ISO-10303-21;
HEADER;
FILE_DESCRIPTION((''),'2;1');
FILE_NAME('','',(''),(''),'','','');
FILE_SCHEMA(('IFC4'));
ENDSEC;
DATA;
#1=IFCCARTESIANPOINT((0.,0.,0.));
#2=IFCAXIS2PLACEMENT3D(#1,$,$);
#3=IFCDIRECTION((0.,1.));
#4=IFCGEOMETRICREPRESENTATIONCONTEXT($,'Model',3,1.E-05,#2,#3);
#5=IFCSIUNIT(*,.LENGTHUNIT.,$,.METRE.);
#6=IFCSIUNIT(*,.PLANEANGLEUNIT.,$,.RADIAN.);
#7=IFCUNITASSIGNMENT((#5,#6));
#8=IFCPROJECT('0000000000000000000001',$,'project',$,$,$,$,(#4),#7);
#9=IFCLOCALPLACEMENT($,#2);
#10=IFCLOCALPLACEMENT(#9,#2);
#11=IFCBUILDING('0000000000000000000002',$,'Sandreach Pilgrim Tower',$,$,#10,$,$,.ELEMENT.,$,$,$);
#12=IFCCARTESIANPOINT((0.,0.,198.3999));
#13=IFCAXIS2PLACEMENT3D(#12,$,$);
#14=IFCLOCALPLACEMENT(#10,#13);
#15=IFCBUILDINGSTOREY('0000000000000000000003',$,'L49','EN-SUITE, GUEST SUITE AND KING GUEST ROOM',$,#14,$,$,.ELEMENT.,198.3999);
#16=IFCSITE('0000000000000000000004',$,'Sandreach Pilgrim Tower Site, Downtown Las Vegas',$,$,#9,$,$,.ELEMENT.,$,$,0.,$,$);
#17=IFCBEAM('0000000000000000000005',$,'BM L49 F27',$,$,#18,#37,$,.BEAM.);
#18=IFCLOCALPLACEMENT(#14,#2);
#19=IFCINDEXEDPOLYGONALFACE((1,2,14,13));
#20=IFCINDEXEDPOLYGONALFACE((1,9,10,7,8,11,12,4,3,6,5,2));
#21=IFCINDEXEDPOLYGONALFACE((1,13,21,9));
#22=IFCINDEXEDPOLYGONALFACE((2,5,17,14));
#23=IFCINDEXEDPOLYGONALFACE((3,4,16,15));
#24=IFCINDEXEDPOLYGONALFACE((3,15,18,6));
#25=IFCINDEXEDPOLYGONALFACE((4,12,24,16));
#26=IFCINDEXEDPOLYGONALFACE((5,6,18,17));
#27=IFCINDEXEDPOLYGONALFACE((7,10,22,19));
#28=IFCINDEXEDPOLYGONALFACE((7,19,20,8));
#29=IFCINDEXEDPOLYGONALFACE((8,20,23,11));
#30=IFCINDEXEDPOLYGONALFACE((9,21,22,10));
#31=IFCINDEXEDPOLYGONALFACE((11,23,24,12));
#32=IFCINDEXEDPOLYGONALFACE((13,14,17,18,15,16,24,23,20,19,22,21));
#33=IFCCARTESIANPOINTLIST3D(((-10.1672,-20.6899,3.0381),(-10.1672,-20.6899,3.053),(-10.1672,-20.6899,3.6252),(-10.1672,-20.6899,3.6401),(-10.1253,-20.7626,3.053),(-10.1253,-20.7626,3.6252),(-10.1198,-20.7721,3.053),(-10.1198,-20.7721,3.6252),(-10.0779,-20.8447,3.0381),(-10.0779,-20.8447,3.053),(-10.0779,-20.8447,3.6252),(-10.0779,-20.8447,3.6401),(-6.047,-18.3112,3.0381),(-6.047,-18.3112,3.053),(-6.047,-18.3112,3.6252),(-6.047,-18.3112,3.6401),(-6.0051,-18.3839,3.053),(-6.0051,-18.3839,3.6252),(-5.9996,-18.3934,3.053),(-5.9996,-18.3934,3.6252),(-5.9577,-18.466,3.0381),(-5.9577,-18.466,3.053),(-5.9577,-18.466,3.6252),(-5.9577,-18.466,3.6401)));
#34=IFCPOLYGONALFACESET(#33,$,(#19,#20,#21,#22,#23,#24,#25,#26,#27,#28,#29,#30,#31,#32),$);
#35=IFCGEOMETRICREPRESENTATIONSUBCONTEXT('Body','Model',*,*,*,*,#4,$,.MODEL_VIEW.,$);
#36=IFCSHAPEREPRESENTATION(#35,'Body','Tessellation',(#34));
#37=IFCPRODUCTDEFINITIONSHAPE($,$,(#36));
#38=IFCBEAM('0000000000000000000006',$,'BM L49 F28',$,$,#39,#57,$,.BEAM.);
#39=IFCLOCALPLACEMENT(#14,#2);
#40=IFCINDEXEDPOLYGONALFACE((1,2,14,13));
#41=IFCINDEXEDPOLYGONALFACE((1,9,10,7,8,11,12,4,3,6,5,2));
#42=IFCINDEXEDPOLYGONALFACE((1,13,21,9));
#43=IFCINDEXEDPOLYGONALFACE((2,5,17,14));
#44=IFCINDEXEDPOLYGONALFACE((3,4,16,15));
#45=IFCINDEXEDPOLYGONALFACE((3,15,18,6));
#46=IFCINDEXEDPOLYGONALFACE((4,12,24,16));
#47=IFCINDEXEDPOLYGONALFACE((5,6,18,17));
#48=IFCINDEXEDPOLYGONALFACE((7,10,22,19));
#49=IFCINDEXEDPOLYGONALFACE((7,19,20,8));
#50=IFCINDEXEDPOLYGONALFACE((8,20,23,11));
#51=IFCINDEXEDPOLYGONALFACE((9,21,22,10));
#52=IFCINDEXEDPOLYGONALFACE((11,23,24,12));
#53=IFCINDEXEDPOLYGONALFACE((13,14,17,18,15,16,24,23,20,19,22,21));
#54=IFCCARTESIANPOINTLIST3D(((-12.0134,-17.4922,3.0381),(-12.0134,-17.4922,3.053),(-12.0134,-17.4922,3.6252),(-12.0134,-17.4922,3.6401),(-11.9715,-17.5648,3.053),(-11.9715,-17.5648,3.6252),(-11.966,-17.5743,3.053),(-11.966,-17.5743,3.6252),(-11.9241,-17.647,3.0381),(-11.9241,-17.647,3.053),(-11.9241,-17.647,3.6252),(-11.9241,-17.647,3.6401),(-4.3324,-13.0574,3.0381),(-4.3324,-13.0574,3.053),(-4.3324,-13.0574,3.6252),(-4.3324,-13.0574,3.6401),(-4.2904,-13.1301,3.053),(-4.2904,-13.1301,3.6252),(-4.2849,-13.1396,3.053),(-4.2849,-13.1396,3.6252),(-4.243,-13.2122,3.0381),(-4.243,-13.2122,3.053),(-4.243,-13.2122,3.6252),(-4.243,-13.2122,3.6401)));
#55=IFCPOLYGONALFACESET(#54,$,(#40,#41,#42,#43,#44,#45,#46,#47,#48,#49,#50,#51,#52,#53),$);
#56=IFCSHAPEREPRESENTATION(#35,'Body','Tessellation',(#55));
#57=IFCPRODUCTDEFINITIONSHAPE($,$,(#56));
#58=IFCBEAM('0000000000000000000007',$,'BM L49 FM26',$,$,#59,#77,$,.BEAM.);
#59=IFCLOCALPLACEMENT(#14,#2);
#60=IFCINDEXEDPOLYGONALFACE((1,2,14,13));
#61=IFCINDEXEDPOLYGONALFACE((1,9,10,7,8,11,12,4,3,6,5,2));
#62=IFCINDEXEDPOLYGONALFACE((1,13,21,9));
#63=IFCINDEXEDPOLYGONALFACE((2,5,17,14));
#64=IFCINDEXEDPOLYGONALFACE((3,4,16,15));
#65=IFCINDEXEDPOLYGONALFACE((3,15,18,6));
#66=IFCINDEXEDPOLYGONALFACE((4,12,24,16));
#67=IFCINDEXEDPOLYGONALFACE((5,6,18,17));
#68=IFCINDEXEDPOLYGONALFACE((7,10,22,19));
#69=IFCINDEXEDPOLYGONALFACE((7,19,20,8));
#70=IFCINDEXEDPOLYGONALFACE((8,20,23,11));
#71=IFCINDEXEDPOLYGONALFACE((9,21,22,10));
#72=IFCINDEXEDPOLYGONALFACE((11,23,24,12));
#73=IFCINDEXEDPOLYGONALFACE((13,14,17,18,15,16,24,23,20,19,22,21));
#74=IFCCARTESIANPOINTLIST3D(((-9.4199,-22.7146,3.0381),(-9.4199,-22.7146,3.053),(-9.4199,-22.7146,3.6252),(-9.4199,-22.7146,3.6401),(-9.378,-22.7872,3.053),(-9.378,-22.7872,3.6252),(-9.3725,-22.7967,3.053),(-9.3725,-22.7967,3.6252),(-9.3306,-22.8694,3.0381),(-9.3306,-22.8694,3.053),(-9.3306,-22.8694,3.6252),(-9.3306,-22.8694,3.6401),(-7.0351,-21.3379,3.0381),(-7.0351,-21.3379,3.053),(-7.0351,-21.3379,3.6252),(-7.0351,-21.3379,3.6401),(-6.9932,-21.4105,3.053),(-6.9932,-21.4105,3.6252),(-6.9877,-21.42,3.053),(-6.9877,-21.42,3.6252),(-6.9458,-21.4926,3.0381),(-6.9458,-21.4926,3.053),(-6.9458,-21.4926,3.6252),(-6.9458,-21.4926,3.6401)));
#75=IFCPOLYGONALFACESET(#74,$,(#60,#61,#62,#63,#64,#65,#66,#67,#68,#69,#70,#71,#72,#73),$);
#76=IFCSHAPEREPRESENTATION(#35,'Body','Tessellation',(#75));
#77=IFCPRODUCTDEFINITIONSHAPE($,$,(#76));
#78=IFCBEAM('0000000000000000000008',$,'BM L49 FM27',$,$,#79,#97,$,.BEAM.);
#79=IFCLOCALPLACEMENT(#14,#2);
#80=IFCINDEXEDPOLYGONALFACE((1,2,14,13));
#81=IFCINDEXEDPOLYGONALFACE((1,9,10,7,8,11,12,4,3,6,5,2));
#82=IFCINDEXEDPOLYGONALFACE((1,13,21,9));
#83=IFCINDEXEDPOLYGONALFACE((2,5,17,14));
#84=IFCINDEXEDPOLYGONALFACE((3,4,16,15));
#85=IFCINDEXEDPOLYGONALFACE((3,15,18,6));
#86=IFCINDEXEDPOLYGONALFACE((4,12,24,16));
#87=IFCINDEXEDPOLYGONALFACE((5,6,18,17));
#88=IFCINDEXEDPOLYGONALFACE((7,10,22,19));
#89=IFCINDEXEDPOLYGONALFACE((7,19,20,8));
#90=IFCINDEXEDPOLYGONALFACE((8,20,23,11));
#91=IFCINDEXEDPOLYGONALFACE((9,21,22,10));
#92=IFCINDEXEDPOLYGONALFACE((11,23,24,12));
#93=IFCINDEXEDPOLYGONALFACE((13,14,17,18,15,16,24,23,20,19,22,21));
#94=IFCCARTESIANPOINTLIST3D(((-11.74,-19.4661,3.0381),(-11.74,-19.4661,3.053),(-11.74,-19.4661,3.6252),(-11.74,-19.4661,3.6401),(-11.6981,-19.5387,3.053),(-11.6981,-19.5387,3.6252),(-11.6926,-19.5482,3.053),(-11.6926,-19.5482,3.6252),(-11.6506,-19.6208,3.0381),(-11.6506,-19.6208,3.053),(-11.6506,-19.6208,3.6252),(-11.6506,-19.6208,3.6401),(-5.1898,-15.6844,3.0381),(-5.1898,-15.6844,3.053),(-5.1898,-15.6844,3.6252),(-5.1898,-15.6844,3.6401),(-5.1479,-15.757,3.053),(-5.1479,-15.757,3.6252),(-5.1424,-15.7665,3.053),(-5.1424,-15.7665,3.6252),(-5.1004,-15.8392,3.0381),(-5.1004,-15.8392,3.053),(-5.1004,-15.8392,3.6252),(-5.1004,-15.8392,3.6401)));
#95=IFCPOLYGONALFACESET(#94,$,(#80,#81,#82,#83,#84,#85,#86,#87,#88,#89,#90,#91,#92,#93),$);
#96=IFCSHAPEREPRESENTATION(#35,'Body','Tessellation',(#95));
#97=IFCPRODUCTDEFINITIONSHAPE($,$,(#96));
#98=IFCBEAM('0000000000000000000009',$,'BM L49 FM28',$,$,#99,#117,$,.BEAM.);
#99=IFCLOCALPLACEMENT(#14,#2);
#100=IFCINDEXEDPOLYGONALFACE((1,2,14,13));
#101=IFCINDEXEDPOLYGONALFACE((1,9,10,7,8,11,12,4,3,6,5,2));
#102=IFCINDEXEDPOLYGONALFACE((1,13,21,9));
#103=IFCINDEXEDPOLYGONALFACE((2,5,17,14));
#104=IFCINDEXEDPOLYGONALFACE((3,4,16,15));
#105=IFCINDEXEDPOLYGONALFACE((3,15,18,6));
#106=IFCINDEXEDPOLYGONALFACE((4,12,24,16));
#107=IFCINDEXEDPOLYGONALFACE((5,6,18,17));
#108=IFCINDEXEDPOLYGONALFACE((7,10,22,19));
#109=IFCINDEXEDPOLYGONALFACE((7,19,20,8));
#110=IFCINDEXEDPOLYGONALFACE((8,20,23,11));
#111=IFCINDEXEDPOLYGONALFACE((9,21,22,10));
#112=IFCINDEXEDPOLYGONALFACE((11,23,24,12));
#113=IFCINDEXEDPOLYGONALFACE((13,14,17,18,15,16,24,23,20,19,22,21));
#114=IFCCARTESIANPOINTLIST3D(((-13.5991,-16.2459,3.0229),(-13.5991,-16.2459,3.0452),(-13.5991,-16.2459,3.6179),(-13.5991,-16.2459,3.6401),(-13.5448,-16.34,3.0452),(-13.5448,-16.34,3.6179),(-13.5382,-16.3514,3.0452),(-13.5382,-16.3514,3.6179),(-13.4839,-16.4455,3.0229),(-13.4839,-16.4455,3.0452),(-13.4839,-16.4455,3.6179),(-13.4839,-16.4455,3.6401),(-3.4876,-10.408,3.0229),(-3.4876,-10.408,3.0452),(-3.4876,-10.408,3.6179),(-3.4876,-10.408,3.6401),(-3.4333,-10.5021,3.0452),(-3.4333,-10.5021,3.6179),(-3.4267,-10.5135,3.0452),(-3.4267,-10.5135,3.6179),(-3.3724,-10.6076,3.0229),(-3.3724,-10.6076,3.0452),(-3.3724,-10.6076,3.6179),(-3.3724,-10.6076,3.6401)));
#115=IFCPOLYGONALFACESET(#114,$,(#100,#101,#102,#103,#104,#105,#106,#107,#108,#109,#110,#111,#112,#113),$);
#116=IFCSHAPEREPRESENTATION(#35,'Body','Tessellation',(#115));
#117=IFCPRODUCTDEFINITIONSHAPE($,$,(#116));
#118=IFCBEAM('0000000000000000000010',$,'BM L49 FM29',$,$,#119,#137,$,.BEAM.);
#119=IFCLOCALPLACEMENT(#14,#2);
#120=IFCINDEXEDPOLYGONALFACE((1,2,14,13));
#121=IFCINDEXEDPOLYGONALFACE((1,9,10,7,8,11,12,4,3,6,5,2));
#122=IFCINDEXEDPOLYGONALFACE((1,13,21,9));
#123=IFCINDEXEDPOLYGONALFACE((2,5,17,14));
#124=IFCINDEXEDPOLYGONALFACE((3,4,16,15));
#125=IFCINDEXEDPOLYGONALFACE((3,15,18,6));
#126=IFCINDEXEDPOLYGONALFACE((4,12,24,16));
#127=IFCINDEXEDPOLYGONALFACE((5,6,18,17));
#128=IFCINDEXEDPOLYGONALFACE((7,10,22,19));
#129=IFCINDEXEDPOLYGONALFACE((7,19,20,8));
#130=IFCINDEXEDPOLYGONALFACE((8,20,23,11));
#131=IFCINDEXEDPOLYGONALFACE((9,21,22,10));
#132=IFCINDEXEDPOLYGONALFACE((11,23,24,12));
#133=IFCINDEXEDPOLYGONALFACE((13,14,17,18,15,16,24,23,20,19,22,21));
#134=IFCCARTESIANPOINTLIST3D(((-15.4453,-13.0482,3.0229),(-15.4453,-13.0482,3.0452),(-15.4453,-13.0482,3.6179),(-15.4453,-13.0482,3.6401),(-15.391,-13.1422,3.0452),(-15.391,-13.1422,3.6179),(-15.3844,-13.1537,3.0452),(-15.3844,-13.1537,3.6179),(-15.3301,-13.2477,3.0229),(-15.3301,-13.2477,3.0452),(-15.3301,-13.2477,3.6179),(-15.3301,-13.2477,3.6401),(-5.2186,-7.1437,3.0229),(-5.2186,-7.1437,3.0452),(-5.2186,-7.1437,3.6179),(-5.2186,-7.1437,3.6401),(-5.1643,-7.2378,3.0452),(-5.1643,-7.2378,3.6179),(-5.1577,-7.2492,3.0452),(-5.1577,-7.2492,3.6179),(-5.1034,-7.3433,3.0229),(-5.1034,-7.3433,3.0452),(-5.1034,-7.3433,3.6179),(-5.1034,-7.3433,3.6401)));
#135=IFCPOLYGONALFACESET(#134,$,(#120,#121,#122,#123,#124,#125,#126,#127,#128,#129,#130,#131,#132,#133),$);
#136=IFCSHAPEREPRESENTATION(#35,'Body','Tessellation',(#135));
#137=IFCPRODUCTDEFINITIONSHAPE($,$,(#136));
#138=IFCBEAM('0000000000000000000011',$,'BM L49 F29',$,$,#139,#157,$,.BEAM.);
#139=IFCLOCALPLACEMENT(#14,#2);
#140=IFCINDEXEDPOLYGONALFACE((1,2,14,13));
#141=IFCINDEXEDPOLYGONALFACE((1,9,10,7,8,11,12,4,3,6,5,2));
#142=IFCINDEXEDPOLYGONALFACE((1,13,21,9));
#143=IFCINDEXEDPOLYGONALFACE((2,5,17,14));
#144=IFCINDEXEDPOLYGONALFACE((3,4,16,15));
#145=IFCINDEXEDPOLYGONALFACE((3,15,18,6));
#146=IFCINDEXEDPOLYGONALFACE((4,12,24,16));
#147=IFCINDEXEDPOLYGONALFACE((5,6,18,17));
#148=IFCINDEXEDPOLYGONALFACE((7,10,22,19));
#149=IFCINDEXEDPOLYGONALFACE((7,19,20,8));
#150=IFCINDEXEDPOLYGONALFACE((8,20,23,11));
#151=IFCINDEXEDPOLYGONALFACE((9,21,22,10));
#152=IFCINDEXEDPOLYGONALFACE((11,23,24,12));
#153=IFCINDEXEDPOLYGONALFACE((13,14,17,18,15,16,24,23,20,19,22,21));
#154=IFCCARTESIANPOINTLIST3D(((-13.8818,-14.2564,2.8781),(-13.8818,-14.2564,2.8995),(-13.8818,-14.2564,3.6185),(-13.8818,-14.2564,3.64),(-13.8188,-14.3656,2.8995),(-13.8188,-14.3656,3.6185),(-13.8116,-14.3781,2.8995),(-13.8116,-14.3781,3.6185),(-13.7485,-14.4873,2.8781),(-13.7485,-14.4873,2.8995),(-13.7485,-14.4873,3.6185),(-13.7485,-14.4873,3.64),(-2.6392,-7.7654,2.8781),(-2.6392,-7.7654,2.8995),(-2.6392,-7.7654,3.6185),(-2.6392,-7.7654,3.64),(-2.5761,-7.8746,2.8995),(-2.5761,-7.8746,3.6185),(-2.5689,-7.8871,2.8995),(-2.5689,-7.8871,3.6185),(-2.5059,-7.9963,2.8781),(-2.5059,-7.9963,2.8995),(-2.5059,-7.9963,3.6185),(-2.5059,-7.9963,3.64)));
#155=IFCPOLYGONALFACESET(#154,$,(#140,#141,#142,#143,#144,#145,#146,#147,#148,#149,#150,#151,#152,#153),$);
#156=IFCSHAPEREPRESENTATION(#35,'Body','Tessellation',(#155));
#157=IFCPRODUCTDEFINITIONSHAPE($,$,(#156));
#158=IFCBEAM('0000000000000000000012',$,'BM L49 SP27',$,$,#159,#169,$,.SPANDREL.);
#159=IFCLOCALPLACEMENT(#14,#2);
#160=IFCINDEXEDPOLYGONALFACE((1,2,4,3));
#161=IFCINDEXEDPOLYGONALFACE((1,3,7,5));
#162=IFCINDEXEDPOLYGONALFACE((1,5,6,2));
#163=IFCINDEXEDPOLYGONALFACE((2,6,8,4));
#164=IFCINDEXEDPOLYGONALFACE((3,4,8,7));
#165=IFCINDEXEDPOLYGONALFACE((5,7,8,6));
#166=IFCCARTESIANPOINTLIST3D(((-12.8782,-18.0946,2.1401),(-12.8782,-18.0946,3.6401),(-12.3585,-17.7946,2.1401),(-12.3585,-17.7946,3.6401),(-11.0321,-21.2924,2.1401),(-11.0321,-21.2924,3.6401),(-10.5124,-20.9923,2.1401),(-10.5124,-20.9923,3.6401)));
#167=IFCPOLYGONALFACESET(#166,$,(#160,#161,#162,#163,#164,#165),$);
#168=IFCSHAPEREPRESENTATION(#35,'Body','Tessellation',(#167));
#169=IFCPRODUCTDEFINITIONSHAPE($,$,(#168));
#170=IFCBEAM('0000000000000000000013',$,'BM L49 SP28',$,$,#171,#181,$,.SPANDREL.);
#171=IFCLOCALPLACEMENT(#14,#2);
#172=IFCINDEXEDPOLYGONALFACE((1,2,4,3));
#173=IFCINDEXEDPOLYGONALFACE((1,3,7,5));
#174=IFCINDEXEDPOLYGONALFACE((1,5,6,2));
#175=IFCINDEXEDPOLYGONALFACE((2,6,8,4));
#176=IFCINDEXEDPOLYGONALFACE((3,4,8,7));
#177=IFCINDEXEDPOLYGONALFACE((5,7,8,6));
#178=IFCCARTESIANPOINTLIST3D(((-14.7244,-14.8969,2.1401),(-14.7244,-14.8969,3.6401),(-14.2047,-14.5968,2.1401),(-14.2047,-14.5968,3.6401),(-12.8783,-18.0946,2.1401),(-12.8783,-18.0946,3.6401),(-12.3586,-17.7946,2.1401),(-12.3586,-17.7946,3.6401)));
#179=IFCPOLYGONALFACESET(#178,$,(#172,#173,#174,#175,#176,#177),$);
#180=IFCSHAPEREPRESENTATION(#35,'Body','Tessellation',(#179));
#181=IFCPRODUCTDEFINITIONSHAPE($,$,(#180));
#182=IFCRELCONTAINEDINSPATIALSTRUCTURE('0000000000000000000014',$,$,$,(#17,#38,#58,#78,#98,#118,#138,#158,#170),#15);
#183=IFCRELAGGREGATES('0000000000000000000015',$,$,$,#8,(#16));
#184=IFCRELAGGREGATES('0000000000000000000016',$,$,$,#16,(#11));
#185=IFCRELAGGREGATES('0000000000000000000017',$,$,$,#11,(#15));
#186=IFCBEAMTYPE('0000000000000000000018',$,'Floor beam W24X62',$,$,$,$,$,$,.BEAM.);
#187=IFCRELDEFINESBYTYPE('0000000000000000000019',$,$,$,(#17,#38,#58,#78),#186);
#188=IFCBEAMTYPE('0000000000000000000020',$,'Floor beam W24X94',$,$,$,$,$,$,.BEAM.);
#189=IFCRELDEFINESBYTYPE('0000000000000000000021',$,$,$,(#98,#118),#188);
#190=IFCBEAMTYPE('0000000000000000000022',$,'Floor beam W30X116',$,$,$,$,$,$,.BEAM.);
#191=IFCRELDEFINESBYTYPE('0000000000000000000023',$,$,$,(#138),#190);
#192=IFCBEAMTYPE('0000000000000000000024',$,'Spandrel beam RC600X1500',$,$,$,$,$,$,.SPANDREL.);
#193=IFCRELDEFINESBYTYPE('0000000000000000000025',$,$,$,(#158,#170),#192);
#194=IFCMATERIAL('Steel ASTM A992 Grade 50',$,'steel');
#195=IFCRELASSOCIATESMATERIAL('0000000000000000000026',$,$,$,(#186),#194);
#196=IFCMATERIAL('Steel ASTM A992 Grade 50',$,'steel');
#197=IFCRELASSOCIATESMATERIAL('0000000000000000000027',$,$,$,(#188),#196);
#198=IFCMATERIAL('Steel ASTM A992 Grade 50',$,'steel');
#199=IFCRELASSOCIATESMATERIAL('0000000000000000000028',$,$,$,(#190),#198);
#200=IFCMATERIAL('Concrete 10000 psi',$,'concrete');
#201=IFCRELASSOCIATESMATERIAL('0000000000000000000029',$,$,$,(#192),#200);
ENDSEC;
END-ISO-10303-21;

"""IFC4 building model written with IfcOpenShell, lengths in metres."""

from ifc_helpers import new_model, si_unit, direction, frame, origin, origin_2d, place, context, subcontext, project, spatial, rectangle, i_section, extrude, material, material_profile, profile_set, type_object, element, save


model = new_model("IFC4")

# Units and contexts
model_context = context("Model", 3, precision=1e-05, world=origin(), true_north=direction((0.0, 1.0)))
body_context = subcontext(model_context, "Body", "Model", "MODEL_VIEW")
ifc_project = project(units=[si_unit("LENGTHUNIT", "METRE"), si_unit("PLANEANGLEUNIT", "RADIAN")], contexts=[model_context])

# Site, building, storey
site_placement = place(None, origin())
site = spatial("IfcSite", under=ifc_project, at=site_placement, Name="Sandreach Pilgrim Tower Site, Downtown Las Vegas", CompositionType="ELEMENT", RefElevation=0.0)
building_placement = place(site_placement, origin())
building = spatial("IfcBuilding", under=site, at=building_placement, Name="Sandreach Pilgrim Tower", CompositionType="ELEMENT")
storey_placement = place(building_placement, frame((0.0, 0.0, 198.3999)))
storey = spatial("IfcBuildingStorey", under=building, at=storey_placement, Name="L49", Description="EN-SUITE, GUEST SUITE AND KING GUEST ROOM", CompositionType="ELEMENT", Elevation=198.3999)

# Beams
ifc_material_1 = material(Name="Steel ASTM A992 Grade 50", Category="steel")
ifc_material_profile_1 = material_profile(ifc_material_1, i_section(OverallWidth=0.1787, OverallDepth=0.6021, WebThickness=0.011, FlangeThickness=0.0149, at=origin_2d()), Name="W24X62")
ifc_profile_set_1 = profile_set([ifc_material_profile_1], Name="Steel ASTM A992 Grade 50")
beam_type_1 = type_object("IfcBeamType", Name="Floor beam W24X62", PredefinedType="BEAM", material=ifc_profile_set_1)
beam_1_placement = place(storey_placement, frame((-10.1226, -20.7673, 3.3391), z_axis=(0.866033, 0.499986, 0.0), x_axis=(-0.499986, 0.866033, 0.0)))
element("IfcBeam", 1, at=beam_1_placement, inside=storey, type_object=beam_type_1, Name="BM L49 F27", PredefinedType="BEAM", context=body_context, shape_type="SweptSolid", body=[
    extrude(i_section(OverallWidth=0.1787, OverallDepth=0.6021, WebThickness=0.011, FlangeThickness=0.0149, at=origin_2d()), origin(), (0.0, 0.0, 1.0), 4.7576),
])
beam_2_placement = place(storey_placement, frame((-11.9688, -17.5696, 3.3391), z_axis=(0.866021, 0.500008, 0.0), x_axis=(-0.500008, 0.866021, 0.0)))
element("IfcBeam", 2, at=beam_2_placement, inside=storey, type_object=beam_type_1, Name="BM L49 F28", PredefinedType="BEAM", context=body_context, shape_type="SweptSolid", body=[
    extrude(i_section(OverallWidth=0.1787, OverallDepth=0.6021, WebThickness=0.011, FlangeThickness=0.0149, at=origin_2d()), origin(), (0.0, 0.0, 1.0), 8.8694),
])
beam_3_placement = place(storey_placement, frame((-9.3752, -22.792, 3.3391), z_axis=(0.866047, 0.499963, 0.0), x_axis=(-0.499963, 0.866047, 0.0)))
element("IfcBeam", 3, at=beam_3_placement, inside=storey, type_object=beam_type_1, Name="BM L49 FM26", PredefinedType="BEAM", context=body_context, shape_type="SweptSolid", body=[
    extrude(i_section(OverallWidth=0.1787, OverallDepth=0.6021, WebThickness=0.011, FlangeThickness=0.0149, at=origin_2d()), origin(), (0.0, 0.0, 1.0), 2.7537),
])
beam_4_placement = place(storey_placement, frame((-11.6953, -19.5435, 3.3391), z_axis=(0.86603, 0.499993, 0.0), x_axis=(-0.499993, 0.86603, 0.0)))
element("IfcBeam", 4, at=beam_4_placement, inside=storey, type_object=beam_type_1, Name="BM L49 FM27", PredefinedType="BEAM", context=body_context, shape_type="SweptSolid", body=[
    extrude(i_section(OverallWidth=0.1787, OverallDepth=0.6021, WebThickness=0.011, FlangeThickness=0.0149, at=origin_2d()), origin(), (0.0, 0.0, 1.0), 7.5635),
])
ifc_material_2 = material(Name="Steel ASTM A992 Grade 50", Category="steel")
ifc_material_profile_2 = material_profile(ifc_material_2, i_section(OverallWidth=0.2305, OverallDepth=0.6172, WebThickness=0.0132, FlangeThickness=0.0222, at=origin_2d()), Name="W24X94")
ifc_profile_set_2 = profile_set([ifc_material_profile_2], Name="Steel ASTM A992 Grade 50")
beam_type_2 = type_object("IfcBeamType", Name="Floor beam W24X94", PredefinedType="BEAM", material=ifc_profile_set_2)
beam_5_placement = place(storey_placement, frame((-13.5415, -16.3457, 3.3315), z_axis=(0.866026, 0.499998, 0.0), x_axis=(-0.499998, 0.866026, 0.0)))
element("IfcBeam", 5, at=beam_5_placement, inside=storey, type_object=beam_type_2, Name="BM L49 FM28", PredefinedType="BEAM", context=body_context, shape_type="SweptSolid", body=[
    extrude(i_section(OverallWidth=0.2305, OverallDepth=0.6172, WebThickness=0.0132, FlangeThickness=0.0222, at=origin_2d()), origin(), (0.0, 0.0, 1.0), 11.6758),
])
beam_6_placement = place(storey_placement, frame((-15.3877, -13.1479, 3.3315), z_axis=(0.866022, 0.500006, 0.0), x_axis=(-0.500006, 0.866022, 0.0)))
element("IfcBeam", 6, at=beam_6_placement, inside=storey, type_object=beam_type_2, Name="BM L49 FM29", PredefinedType="BEAM", context=body_context, shape_type="SweptSolid", body=[
    extrude(i_section(OverallWidth=0.2305, OverallDepth=0.6172, WebThickness=0.0132, FlangeThickness=0.0222, at=origin_2d()), origin(), (0.0, 0.0, 1.0), 11.8088),
])
ifc_material_3 = material(Name="Steel ASTM A992 Grade 50", Category="steel")
ifc_material_profile_3 = material_profile(ifc_material_3, i_section(OverallWidth=0.2666, OverallDepth=0.762, WebThickness=0.0144, FlangeThickness=0.0215, at=origin_2d()), Name="W30X116")
ifc_profile_set_3 = profile_set([ifc_material_profile_3], Name="Steel ASTM A992 Grade 50")
beam_type_3 = type_object("IfcBeamType", Name="Floor beam W30X116", PredefinedType="BEAM", material=ifc_profile_set_3)
beam_7_placement = place(storey_placement, frame((-13.8152, -14.3718, 3.259), z_axis=(0.866025, 0.5, 0.0), x_axis=(-0.5, 0.866025, 0.0)))
element("IfcBeam", 7, at=beam_7_placement, inside=storey, type_object=beam_type_3, Name="BM L49 F29", PredefinedType="BEAM", context=body_context, shape_type="SweptSolid", body=[
    extrude(i_section(OverallWidth=0.2666, OverallDepth=0.762, WebThickness=0.0144, FlangeThickness=0.0215, at=origin_2d()), origin(), (0.0, 0.0, 1.0), 12.9819),
])
ifc_material_4 = material(Name="Concrete 10000 psi", Category="concrete")
ifc_material_profile_4 = material_profile(ifc_material_4, rectangle(XDim=0.6001, YDim=1.5, at=origin_2d()), Name="RC600X1500")
ifc_profile_set_4 = profile_set([ifc_material_profile_4], Name="Concrete 10000 psi")
beam_type_4 = type_object("IfcBeamType", Name="Spandrel beam RC600X1500", PredefinedType="SPANDREL", material=ifc_profile_set_4)
for number, where, z_axis, x_axis, name in (
    (8, (-10.7722, -21.1423, 2.8901), (-0.499993, 0.866029, 0.0), (-0.866029, -0.499993, 0.0), "BM L49 SP27"),
    (9, (-12.6184, -17.9446, 2.8901), (-0.499993, 0.866029, 0.0), (-0.866029, -0.499993, 0.0), "BM L49 SP28"),
):
    element("IfcBeam", number, at=place(storey_placement, frame(where, z_axis=z_axis, x_axis=x_axis)), inside=storey, type_object=beam_type_4, Name=name, PredefinedType="SPANDREL", context=body_context, shape_type="SweptSolid", body=[
        extrude(rectangle(XDim=0.6001, YDim=1.5, at=origin_2d()), origin(), (0.0, 0.0, 1.0), 3.6924),
    ])

save(model, "model.ifc")
